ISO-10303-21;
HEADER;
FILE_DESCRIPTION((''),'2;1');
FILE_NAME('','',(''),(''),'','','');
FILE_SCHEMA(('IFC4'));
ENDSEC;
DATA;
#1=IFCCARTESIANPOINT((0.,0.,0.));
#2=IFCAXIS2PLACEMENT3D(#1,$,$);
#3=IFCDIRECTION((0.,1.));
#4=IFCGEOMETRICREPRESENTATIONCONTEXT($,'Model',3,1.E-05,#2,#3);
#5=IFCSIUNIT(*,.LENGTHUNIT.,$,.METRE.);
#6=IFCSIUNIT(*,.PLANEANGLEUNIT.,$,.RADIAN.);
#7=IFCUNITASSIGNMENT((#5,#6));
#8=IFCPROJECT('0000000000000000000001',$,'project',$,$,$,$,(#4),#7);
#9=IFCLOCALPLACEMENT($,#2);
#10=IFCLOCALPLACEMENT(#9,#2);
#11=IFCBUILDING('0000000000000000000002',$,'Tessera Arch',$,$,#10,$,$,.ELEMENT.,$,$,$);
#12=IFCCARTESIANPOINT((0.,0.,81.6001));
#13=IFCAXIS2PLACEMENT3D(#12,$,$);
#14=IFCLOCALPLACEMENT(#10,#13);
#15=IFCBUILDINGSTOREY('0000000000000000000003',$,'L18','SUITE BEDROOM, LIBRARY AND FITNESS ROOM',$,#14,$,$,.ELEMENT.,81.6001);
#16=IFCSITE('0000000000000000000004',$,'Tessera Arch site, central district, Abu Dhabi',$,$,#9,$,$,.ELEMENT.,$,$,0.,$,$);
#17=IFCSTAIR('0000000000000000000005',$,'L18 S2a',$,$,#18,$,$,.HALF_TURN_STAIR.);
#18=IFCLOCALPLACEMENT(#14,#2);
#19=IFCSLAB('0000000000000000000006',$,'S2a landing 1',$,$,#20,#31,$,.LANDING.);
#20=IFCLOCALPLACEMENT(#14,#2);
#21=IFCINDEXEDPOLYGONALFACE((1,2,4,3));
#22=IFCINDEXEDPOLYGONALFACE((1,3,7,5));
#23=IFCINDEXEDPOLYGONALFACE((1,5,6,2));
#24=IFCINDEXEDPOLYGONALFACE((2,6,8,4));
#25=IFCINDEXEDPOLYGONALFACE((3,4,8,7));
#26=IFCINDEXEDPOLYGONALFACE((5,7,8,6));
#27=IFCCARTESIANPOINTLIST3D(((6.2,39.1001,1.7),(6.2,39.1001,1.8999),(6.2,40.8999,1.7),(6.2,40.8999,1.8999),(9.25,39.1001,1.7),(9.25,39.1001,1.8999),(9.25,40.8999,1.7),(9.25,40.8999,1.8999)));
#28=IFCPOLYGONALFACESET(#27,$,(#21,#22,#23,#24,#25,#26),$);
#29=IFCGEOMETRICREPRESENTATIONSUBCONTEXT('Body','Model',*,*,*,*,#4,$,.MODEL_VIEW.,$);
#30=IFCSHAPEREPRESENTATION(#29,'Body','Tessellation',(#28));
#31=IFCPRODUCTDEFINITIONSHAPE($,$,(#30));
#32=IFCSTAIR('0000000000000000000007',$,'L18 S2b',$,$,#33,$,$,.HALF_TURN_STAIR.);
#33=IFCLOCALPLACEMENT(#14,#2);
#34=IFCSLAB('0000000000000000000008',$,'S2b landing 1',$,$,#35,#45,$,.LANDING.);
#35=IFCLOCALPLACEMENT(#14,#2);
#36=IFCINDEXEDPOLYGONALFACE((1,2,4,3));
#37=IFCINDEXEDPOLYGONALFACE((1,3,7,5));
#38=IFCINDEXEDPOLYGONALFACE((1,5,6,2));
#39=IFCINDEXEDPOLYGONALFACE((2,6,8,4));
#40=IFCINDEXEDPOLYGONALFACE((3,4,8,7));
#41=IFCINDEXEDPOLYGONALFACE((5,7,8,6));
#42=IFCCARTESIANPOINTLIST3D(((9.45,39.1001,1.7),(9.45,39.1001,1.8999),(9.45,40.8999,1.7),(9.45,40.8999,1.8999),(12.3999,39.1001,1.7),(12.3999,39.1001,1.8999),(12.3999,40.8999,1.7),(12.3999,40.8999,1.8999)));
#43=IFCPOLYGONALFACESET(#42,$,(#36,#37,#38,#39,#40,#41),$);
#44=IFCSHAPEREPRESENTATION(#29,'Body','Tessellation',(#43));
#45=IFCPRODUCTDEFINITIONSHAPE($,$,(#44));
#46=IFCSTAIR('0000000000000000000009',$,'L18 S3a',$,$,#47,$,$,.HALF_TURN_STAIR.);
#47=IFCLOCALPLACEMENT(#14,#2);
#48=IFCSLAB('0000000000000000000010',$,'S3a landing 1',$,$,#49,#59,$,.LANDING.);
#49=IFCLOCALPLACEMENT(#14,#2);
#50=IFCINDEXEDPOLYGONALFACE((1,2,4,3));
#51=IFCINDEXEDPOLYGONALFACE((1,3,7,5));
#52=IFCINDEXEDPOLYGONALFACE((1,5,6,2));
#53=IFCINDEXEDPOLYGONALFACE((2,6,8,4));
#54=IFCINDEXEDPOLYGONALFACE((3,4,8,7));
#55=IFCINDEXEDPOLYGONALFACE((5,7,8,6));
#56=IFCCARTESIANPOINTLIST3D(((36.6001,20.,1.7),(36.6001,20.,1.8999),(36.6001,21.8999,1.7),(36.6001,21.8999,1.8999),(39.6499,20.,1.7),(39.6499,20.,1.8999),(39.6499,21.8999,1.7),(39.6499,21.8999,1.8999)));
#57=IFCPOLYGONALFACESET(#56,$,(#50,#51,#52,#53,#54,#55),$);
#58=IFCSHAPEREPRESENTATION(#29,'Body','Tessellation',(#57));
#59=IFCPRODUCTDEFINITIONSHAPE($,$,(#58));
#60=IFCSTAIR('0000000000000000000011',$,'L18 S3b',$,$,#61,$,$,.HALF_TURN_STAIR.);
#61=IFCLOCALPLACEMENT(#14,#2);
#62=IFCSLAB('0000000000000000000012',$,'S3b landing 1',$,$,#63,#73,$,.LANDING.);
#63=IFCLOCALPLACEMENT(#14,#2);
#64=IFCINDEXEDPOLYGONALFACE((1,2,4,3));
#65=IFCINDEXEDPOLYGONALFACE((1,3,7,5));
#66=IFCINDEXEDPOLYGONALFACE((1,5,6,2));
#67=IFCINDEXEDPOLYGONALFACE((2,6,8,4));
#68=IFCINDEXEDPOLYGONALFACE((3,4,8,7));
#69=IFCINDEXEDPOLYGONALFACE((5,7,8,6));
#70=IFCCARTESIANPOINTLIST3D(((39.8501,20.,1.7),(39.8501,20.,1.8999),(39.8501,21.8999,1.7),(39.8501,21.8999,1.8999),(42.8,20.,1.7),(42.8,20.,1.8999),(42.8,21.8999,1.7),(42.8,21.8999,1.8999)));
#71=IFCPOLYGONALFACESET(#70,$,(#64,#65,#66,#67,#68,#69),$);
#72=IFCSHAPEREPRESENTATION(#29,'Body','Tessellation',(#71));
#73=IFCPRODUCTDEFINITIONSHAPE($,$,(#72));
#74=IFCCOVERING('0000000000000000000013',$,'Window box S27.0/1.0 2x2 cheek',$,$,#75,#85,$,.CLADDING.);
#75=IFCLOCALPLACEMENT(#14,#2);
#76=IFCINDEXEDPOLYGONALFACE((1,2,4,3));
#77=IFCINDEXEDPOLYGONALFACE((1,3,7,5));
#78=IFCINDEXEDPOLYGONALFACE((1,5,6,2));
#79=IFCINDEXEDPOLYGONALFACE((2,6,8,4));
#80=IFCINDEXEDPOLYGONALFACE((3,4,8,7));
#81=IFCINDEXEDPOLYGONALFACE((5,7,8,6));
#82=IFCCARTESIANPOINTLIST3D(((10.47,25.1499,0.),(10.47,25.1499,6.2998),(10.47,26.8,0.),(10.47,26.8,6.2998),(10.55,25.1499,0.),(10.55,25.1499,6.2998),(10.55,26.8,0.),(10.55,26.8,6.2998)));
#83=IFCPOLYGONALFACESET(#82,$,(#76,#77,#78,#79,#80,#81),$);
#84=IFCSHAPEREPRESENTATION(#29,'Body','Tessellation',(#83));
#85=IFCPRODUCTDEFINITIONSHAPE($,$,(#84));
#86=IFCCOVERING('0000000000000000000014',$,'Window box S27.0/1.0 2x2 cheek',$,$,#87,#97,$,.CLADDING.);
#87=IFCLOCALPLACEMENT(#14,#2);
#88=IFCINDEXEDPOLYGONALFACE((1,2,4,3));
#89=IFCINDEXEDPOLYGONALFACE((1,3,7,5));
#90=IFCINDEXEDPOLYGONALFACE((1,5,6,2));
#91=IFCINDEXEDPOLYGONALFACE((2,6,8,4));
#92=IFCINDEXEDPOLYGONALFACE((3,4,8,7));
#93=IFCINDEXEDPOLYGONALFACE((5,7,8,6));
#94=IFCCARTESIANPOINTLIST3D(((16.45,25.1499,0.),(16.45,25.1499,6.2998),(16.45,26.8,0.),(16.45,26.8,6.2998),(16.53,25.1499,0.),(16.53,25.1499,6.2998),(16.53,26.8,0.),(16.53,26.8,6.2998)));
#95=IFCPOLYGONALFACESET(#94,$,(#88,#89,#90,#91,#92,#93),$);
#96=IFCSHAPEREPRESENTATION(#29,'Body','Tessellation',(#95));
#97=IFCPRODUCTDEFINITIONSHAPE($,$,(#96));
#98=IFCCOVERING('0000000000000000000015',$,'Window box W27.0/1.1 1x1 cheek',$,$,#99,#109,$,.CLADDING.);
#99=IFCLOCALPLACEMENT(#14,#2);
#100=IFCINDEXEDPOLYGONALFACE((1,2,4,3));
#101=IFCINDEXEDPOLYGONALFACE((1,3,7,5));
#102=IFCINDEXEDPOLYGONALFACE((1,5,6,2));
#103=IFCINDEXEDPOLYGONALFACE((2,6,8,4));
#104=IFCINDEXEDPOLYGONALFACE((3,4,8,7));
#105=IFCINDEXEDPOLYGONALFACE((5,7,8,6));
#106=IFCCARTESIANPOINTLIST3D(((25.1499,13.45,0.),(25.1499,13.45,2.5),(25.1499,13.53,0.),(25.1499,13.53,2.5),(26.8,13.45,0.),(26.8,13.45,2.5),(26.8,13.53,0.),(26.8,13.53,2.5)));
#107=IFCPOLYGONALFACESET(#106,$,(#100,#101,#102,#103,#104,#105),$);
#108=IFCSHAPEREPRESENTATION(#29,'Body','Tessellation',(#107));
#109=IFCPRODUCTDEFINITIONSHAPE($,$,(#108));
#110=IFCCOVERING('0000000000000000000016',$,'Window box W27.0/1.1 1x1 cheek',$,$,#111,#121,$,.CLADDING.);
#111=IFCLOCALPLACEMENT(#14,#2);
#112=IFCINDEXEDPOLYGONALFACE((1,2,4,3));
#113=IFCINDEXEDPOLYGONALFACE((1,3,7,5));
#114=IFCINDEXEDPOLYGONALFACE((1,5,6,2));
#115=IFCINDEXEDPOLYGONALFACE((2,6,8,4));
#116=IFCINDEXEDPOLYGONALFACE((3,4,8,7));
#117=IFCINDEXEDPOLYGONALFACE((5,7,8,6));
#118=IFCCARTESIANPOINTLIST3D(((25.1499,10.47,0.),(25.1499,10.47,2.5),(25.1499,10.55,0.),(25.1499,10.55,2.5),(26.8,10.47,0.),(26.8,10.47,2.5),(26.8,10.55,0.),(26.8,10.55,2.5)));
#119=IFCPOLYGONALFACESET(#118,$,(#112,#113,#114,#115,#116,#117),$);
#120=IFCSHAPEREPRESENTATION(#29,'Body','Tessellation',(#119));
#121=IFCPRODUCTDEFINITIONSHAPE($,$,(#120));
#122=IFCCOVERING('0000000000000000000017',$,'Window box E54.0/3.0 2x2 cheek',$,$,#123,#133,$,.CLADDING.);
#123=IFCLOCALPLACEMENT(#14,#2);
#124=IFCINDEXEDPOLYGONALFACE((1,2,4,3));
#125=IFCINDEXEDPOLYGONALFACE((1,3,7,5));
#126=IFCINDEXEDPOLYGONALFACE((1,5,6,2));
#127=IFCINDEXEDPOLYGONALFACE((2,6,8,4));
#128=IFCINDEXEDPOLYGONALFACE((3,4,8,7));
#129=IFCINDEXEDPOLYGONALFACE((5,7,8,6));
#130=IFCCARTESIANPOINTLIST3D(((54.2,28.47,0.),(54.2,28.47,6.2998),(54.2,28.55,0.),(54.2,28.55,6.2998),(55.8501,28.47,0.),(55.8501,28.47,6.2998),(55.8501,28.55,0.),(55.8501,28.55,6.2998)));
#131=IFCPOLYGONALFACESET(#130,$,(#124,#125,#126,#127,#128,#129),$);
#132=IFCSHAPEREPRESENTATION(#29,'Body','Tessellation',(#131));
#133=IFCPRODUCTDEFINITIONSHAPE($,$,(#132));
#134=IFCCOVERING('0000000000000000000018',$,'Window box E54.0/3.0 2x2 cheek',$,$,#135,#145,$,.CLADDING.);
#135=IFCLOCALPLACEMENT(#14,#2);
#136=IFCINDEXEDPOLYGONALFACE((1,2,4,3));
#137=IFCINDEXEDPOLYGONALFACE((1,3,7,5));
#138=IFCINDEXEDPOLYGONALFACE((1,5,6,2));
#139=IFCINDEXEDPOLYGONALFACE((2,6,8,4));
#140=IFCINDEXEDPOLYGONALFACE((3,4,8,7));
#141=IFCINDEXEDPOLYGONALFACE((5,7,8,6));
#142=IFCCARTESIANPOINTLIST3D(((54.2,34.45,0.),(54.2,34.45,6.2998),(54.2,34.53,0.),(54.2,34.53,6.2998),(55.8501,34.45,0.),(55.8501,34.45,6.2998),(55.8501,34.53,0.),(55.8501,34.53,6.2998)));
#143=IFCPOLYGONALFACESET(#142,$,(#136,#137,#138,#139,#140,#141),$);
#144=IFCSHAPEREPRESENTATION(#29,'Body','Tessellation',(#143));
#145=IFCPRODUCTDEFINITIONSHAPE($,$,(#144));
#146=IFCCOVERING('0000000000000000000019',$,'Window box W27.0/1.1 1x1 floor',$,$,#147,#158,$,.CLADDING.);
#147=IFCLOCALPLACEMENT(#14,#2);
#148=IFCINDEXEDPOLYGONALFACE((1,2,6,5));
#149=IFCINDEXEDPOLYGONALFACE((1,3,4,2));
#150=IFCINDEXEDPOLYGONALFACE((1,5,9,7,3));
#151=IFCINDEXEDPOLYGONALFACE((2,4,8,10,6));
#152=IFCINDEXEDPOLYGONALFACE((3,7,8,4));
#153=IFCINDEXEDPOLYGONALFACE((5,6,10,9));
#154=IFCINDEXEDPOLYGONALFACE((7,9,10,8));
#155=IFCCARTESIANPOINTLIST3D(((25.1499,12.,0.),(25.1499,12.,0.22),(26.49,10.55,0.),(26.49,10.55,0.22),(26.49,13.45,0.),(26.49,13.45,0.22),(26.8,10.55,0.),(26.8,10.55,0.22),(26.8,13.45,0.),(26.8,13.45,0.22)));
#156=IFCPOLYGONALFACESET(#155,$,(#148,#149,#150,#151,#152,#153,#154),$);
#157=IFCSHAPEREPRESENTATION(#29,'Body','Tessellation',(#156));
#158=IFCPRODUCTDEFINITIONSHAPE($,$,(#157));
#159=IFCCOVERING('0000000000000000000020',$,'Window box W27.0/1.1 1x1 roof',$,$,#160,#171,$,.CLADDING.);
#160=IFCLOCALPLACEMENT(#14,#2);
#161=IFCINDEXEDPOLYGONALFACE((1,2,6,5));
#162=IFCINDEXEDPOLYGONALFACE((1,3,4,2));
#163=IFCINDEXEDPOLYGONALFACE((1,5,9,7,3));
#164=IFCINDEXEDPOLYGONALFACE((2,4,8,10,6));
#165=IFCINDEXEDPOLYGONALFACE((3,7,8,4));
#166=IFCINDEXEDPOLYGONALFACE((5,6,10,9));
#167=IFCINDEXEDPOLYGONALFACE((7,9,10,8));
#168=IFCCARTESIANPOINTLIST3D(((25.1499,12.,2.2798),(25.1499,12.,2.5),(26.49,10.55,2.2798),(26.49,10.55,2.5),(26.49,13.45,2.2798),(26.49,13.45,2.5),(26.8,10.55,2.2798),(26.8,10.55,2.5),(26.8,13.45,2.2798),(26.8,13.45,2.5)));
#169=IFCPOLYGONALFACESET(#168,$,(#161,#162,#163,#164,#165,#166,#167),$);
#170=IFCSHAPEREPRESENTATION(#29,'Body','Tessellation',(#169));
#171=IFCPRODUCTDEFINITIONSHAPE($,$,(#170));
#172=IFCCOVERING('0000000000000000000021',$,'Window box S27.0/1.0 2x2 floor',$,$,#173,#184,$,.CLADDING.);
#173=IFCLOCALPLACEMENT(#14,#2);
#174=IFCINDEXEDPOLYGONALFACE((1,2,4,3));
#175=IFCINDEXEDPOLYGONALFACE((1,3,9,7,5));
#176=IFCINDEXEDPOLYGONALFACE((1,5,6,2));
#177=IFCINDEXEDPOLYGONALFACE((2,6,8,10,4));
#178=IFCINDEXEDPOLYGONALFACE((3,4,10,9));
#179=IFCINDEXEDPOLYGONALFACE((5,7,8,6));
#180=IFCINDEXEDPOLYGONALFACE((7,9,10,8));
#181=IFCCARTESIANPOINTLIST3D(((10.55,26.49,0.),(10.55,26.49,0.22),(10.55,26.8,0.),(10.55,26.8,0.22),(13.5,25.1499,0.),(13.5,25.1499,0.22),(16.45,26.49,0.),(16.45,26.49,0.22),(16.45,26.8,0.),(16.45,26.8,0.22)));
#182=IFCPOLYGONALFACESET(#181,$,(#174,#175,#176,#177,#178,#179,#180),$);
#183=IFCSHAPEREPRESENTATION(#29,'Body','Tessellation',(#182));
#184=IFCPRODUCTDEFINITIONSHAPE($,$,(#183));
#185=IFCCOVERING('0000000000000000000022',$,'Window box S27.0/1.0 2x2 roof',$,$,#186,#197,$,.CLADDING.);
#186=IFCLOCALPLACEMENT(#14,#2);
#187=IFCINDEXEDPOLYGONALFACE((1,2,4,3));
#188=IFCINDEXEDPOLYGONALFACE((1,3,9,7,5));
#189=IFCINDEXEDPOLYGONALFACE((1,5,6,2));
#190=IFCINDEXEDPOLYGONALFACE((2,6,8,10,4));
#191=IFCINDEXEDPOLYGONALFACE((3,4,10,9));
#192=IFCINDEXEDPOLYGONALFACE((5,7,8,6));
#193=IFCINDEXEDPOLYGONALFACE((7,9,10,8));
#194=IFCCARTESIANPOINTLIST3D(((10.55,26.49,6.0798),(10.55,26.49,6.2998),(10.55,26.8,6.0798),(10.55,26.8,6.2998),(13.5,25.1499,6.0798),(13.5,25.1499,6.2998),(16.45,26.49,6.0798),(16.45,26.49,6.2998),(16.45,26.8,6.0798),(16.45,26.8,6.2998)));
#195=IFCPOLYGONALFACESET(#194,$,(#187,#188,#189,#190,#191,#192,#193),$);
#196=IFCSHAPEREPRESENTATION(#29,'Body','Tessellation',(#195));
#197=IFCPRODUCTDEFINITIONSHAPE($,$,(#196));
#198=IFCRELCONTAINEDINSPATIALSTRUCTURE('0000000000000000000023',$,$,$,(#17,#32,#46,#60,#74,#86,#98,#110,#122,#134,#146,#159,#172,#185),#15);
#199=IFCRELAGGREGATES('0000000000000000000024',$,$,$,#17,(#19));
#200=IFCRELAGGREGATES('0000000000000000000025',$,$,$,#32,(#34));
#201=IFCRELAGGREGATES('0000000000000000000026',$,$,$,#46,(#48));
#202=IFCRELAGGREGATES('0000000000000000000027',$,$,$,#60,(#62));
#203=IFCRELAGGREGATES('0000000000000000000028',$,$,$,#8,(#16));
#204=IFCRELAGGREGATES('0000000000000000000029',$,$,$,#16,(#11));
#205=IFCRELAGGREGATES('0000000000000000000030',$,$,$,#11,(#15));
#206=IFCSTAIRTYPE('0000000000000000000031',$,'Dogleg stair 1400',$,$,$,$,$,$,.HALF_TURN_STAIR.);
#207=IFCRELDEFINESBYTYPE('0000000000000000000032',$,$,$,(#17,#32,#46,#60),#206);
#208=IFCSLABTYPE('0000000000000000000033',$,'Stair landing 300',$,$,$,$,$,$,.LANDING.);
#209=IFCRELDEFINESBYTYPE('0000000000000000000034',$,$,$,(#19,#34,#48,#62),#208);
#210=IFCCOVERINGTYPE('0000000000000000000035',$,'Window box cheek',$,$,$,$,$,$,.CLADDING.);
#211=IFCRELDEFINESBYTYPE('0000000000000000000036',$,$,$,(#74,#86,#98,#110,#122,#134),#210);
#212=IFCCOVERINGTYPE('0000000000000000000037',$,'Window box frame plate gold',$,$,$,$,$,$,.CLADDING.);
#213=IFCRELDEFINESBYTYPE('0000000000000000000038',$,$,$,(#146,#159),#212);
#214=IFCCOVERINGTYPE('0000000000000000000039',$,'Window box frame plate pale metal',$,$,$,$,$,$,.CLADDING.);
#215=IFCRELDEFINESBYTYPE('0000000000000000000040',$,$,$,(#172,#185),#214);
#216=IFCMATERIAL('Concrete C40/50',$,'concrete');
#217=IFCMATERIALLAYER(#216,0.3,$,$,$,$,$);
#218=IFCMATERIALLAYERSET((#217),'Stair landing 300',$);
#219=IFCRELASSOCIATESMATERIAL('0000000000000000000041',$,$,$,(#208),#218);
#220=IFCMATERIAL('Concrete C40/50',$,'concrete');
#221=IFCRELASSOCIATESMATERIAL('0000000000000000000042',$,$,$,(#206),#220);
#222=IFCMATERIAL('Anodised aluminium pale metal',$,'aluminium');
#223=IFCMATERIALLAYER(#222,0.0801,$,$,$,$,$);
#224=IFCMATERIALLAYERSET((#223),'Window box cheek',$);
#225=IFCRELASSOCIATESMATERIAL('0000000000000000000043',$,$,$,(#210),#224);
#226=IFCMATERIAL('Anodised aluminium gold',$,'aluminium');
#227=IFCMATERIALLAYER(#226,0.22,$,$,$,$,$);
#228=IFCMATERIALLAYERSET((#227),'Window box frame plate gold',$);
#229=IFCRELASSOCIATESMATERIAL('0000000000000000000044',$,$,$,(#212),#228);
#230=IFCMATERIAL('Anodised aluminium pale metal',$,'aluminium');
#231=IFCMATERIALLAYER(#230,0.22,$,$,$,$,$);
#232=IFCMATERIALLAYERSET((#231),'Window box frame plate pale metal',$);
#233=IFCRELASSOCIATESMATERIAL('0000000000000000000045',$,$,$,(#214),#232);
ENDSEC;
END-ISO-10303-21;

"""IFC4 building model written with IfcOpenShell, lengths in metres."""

from ifc_helpers import new_model, si_unit, direction, frame, origin, place, context, subcontext, project, spatial, polyline, outline, extrude, material, layer, layer_set, type_object, element, aggregate, save


model = new_model("IFC4")

# Units and contexts
model_context = context("Model", 3, precision=1e-05, world=origin(), true_north=direction((0.0, 1.0)))
body_context = subcontext(model_context, "Body", "Model", "MODEL_VIEW")
ifc_project = project(units=[si_unit("LENGTHUNIT", "METRE"), si_unit("PLANEANGLEUNIT", "RADIAN")], contexts=[model_context])

# Site, building, storey
site_placement = place(None, origin())
site = spatial("IfcSite", under=ifc_project, at=site_placement, Name="Tessera Arch site, central district, Abu Dhabi", CompositionType="ELEMENT", RefElevation=0.0)
building_placement = place(site_placement, origin())
building = spatial("IfcBuilding", under=site, at=building_placement, Name="Tessera Arch", CompositionType="ELEMENT")
storey_placement = place(building_placement, frame((0.0, 0.0, 81.6001)))
storey = spatial("IfcBuildingStorey", under=building, at=storey_placement, Name="L18", Description="SUITE BEDROOM, LIBRARY AND FITNESS ROOM", CompositionType="ELEMENT", Elevation=81.6001)

# Stairs, slabs
ifc_material_1 = material(Name="Concrete C40/50", Category="concrete")
ifc_layer_1 = layer(ifc_material_1, 0.3)
ifc_layer_set_1 = layer_set([ifc_layer_1], Name="Stair landing 300")
slab_type = type_object("IfcSlabType", Name="Stair landing 300", PredefinedType="LANDING", material=ifc_layer_set_1)
ifc_material_2 = material(Name="Concrete C40/50", Category="concrete")
stair_type_1 = type_object("IfcStairType", Name="Dogleg stair 1400", PredefinedType="HALF_TURN_STAIR", material=ifc_material_2)
stair_1_placement = place(storey_placement, origin())
stair_1 = element("IfcStair", 1, at=stair_1_placement, inside=storey, type_object=stair_type_1, Name="L18 S2a", PredefinedType="HALF_TURN_STAIR")
slab_1_placement = place(storey_placement, frame((0.0, 0.0, 1.7)))
slab_1 = element("IfcSlab", 2, at=slab_1_placement, type_object=slab_type, Name="S2a landing 1", PredefinedType="LANDING", context=body_context, shape_type="SweptSolid", body=[
    extrude(outline(polyline([(6.2, 40.8999), (6.2, 39.1001), (9.25, 39.1001), (9.25, 40.8999), (6.2, 40.8999)])), origin(), (0.0, 0.0, 1.0), 0.2),
])
aggregate(stair_1, [slab_1])
stair_2_placement = place(storey_placement, origin())
stair_2 = element("IfcStair", 3, at=stair_2_placement, inside=storey, type_object=stair_type_1, Name="L18 S2b", PredefinedType="HALF_TURN_STAIR")
slab_2_placement = place(storey_placement, frame((0.0, 0.0, 1.7)))
slab_2 = element("IfcSlab", 4, at=slab_2_placement, type_object=slab_type, Name="S2b landing 1", PredefinedType="LANDING", context=body_context, shape_type="SweptSolid", body=[
    extrude(outline(polyline([(9.45, 40.8999), (9.45, 39.1001), (12.3999, 39.1001), (12.3999, 40.8999), (9.45, 40.8999)])), origin(), (0.0, 0.0, 1.0), 0.2),
])
aggregate(stair_2, [slab_2])
stair_3_placement = place(storey_placement, origin())
stair_3 = element("IfcStair", 5, at=stair_3_placement, inside=storey, type_object=stair_type_1, Name="L18 S3a", PredefinedType="HALF_TURN_STAIR")
slab_3_placement = place(storey_placement, frame((0.0, 0.0, 1.7)))
slab_3 = element("IfcSlab", 6, at=slab_3_placement, type_object=slab_type, Name="S3a landing 1", PredefinedType="LANDING", context=body_context, shape_type="SweptSolid", body=[
    extrude(outline(polyline([(39.6499, 20.0), (39.6499, 21.8999), (36.6001, 21.8999), (36.6001, 20.0), (39.6499, 20.0)])), origin(), (0.0, 0.0, 1.0), 0.2),
])
aggregate(stair_3, [slab_3])
stair_4_placement = place(storey_placement, origin())
stair_4 = element("IfcStair", 7, at=stair_4_placement, inside=storey, type_object=stair_type_1, Name="L18 S3b", PredefinedType="HALF_TURN_STAIR")
slab_4_placement = place(storey_placement, frame((0.0, 0.0, 1.7)))
slab_4 = element("IfcSlab", 8, at=slab_4_placement, type_object=slab_type, Name="S3b landing 1", PredefinedType="LANDING", context=body_context, shape_type="SweptSolid", body=[
    extrude(outline(polyline([(42.8, 20.0), (42.8, 21.8999), (39.8501, 21.8999), (39.8501, 20.0), (42.8, 20.0)])), origin(), (0.0, 0.0, 1.0), 0.2),
])
aggregate(stair_4, [slab_4])

# Coverings
ifc_material_3 = material(Name="Anodised aluminium pale metal", Category="aluminium")
ifc_layer_2 = layer(ifc_material_3, 0.0801)
ifc_layer_set_2 = layer_set([ifc_layer_2], Name="Window box cheek")
covering_type_1 = type_object("IfcCoveringType", Name="Window box cheek", PredefinedType="CLADDING", material=ifc_layer_set_2)
covering_1_placement = place(storey_placement, origin())
element("IfcCovering", 9, at=covering_1_placement, inside=storey, type_object=covering_type_1, Name="Window box S27.0/1.0 2x2 cheek", PredefinedType="CLADDING", context=body_context, shape_type="SweptSolid", body=[
    extrude(outline(polyline([(10.47, 25.1499), (10.55, 25.1499), (10.55, 26.8), (10.47, 26.8), (10.47, 25.1499)])), origin(), (0.0, 0.0, 1.0), 6.2998),
])
covering_2_placement = place(storey_placement, origin())
element("IfcCovering", 10, at=covering_2_placement, inside=storey, type_object=covering_type_1, Name="Window box S27.0/1.0 2x2 cheek", PredefinedType="CLADDING", context=body_context, shape_type="SweptSolid", body=[
    extrude(outline(polyline([(16.45, 25.1499), (16.53, 25.1499), (16.53, 26.8), (16.45, 26.8), (16.45, 25.1499)])), origin(), (0.0, 0.0, 1.0), 6.2998),
])
covering_3_placement = place(storey_placement, origin())
element("IfcCovering", 11, at=covering_3_placement, inside=storey, type_object=covering_type_1, Name="Window box W27.0/1.1 1x1 cheek", PredefinedType="CLADDING", context=body_context, shape_type="SweptSolid", body=[
    extrude(outline(polyline([(25.1499, 13.53), (25.1499, 13.45), (26.8, 13.45), (26.8, 13.53), (25.1499, 13.53)])), origin(), (0.0, 0.0, 1.0), 2.5),
])
covering_4_placement = place(storey_placement, origin())
element("IfcCovering", 12, at=covering_4_placement, inside=storey, type_object=covering_type_1, Name="Window box W27.0/1.1 1x1 cheek", PredefinedType="CLADDING", context=body_context, shape_type="SweptSolid", body=[
    extrude(outline(polyline([(25.1499, 10.55), (25.1499, 10.47), (26.8, 10.47), (26.8, 10.55), (25.1499, 10.55)])), origin(), (0.0, 0.0, 1.0), 2.5),
])
covering_5_placement = place(storey_placement, origin())
element("IfcCovering", 13, at=covering_5_placement, inside=storey, type_object=covering_type_1, Name="Window box E54.0/3.0 2x2 cheek", PredefinedType="CLADDING", context=body_context, shape_type="SweptSolid", body=[
    extrude(outline(polyline([(55.8501, 28.47), (55.8501, 28.55), (54.2, 28.55), (54.2, 28.47), (55.8501, 28.47)])), origin(), (0.0, 0.0, 1.0), 6.2998),
])
covering_6_placement = place(storey_placement, origin())
element("IfcCovering", 14, at=covering_6_placement, inside=storey, type_object=covering_type_1, Name="Window box E54.0/3.0 2x2 cheek", PredefinedType="CLADDING", context=body_context, shape_type="SweptSolid", body=[
    extrude(outline(polyline([(55.8501, 34.45), (55.8501, 34.53), (54.2, 34.53), (54.2, 34.45), (55.8501, 34.45)])), origin(), (0.0, 0.0, 1.0), 6.2998),
])
ifc_material_4 = material(Name="Anodised aluminium gold", Category="aluminium")
ifc_layer_3 = layer(ifc_material_4, 0.22)
ifc_layer_set_3 = layer_set([ifc_layer_3], Name="Window box frame plate gold")
covering_type_2 = type_object("IfcCoveringType", Name="Window box frame plate gold", PredefinedType="CLADDING", material=ifc_layer_set_3)
covering_7_placement = place(storey_placement, origin())
element("IfcCovering", 15, at=covering_7_placement, inside=storey, type_object=covering_type_2, Name="Window box W27.0/1.1 1x1 floor", PredefinedType="CLADDING", context=body_context, shape_type="SweptSolid", body=[
    extrude(outline(polyline([(26.49, 13.45), (25.1499, 12.0), (26.49, 10.55), (26.8, 10.55), (26.8, 13.45), (26.49, 13.45)])), origin(), (0.0, 0.0, 1.0), 0.22),
])
covering_8_placement = place(storey_placement, frame((0.0, 0.0, 2.2798)))
element("IfcCovering", 16, at=covering_8_placement, inside=storey, type_object=covering_type_2, Name="Window box W27.0/1.1 1x1 roof", PredefinedType="CLADDING", context=body_context, shape_type="SweptSolid", body=[
    extrude(outline(polyline([(26.49, 13.45), (25.1499, 12.0), (26.49, 10.55), (26.8, 10.55), (26.8, 13.45), (26.49, 13.45)])), origin(), (0.0, 0.0, 1.0), 0.2202),
])
ifc_material_5 = material(Name="Anodised aluminium pale metal", Category="aluminium")
ifc_layer_4 = layer(ifc_material_5, 0.22)
ifc_layer_set_4 = layer_set([ifc_layer_4], Name="Window box frame plate pale metal")
covering_type_3 = type_object("IfcCoveringType", Name="Window box frame plate pale metal", PredefinedType="CLADDING", material=ifc_layer_set_4)
for number, where, name in (
    (17, (0.0, 0.0, 0.0), "Window box S27.0/1.0 2x2 floor"),
    (18, (0.0, 0.0, 6.0798), "Window box S27.0/1.0 2x2 roof"),
):
    element("IfcCovering", number, at=place(storey_placement, frame(where)), inside=storey, type_object=covering_type_3, Name=name, PredefinedType="CLADDING", context=body_context, shape_type="SweptSolid", body=[
        extrude(outline(polyline([(10.55, 26.49), (13.5, 25.1499), (16.45, 26.49), (16.45, 26.8), (10.55, 26.8), (10.55, 26.49)])), origin(), (0.0, 0.0, 1.0), 0.22),
    ])

save(model, "model.ifc")
